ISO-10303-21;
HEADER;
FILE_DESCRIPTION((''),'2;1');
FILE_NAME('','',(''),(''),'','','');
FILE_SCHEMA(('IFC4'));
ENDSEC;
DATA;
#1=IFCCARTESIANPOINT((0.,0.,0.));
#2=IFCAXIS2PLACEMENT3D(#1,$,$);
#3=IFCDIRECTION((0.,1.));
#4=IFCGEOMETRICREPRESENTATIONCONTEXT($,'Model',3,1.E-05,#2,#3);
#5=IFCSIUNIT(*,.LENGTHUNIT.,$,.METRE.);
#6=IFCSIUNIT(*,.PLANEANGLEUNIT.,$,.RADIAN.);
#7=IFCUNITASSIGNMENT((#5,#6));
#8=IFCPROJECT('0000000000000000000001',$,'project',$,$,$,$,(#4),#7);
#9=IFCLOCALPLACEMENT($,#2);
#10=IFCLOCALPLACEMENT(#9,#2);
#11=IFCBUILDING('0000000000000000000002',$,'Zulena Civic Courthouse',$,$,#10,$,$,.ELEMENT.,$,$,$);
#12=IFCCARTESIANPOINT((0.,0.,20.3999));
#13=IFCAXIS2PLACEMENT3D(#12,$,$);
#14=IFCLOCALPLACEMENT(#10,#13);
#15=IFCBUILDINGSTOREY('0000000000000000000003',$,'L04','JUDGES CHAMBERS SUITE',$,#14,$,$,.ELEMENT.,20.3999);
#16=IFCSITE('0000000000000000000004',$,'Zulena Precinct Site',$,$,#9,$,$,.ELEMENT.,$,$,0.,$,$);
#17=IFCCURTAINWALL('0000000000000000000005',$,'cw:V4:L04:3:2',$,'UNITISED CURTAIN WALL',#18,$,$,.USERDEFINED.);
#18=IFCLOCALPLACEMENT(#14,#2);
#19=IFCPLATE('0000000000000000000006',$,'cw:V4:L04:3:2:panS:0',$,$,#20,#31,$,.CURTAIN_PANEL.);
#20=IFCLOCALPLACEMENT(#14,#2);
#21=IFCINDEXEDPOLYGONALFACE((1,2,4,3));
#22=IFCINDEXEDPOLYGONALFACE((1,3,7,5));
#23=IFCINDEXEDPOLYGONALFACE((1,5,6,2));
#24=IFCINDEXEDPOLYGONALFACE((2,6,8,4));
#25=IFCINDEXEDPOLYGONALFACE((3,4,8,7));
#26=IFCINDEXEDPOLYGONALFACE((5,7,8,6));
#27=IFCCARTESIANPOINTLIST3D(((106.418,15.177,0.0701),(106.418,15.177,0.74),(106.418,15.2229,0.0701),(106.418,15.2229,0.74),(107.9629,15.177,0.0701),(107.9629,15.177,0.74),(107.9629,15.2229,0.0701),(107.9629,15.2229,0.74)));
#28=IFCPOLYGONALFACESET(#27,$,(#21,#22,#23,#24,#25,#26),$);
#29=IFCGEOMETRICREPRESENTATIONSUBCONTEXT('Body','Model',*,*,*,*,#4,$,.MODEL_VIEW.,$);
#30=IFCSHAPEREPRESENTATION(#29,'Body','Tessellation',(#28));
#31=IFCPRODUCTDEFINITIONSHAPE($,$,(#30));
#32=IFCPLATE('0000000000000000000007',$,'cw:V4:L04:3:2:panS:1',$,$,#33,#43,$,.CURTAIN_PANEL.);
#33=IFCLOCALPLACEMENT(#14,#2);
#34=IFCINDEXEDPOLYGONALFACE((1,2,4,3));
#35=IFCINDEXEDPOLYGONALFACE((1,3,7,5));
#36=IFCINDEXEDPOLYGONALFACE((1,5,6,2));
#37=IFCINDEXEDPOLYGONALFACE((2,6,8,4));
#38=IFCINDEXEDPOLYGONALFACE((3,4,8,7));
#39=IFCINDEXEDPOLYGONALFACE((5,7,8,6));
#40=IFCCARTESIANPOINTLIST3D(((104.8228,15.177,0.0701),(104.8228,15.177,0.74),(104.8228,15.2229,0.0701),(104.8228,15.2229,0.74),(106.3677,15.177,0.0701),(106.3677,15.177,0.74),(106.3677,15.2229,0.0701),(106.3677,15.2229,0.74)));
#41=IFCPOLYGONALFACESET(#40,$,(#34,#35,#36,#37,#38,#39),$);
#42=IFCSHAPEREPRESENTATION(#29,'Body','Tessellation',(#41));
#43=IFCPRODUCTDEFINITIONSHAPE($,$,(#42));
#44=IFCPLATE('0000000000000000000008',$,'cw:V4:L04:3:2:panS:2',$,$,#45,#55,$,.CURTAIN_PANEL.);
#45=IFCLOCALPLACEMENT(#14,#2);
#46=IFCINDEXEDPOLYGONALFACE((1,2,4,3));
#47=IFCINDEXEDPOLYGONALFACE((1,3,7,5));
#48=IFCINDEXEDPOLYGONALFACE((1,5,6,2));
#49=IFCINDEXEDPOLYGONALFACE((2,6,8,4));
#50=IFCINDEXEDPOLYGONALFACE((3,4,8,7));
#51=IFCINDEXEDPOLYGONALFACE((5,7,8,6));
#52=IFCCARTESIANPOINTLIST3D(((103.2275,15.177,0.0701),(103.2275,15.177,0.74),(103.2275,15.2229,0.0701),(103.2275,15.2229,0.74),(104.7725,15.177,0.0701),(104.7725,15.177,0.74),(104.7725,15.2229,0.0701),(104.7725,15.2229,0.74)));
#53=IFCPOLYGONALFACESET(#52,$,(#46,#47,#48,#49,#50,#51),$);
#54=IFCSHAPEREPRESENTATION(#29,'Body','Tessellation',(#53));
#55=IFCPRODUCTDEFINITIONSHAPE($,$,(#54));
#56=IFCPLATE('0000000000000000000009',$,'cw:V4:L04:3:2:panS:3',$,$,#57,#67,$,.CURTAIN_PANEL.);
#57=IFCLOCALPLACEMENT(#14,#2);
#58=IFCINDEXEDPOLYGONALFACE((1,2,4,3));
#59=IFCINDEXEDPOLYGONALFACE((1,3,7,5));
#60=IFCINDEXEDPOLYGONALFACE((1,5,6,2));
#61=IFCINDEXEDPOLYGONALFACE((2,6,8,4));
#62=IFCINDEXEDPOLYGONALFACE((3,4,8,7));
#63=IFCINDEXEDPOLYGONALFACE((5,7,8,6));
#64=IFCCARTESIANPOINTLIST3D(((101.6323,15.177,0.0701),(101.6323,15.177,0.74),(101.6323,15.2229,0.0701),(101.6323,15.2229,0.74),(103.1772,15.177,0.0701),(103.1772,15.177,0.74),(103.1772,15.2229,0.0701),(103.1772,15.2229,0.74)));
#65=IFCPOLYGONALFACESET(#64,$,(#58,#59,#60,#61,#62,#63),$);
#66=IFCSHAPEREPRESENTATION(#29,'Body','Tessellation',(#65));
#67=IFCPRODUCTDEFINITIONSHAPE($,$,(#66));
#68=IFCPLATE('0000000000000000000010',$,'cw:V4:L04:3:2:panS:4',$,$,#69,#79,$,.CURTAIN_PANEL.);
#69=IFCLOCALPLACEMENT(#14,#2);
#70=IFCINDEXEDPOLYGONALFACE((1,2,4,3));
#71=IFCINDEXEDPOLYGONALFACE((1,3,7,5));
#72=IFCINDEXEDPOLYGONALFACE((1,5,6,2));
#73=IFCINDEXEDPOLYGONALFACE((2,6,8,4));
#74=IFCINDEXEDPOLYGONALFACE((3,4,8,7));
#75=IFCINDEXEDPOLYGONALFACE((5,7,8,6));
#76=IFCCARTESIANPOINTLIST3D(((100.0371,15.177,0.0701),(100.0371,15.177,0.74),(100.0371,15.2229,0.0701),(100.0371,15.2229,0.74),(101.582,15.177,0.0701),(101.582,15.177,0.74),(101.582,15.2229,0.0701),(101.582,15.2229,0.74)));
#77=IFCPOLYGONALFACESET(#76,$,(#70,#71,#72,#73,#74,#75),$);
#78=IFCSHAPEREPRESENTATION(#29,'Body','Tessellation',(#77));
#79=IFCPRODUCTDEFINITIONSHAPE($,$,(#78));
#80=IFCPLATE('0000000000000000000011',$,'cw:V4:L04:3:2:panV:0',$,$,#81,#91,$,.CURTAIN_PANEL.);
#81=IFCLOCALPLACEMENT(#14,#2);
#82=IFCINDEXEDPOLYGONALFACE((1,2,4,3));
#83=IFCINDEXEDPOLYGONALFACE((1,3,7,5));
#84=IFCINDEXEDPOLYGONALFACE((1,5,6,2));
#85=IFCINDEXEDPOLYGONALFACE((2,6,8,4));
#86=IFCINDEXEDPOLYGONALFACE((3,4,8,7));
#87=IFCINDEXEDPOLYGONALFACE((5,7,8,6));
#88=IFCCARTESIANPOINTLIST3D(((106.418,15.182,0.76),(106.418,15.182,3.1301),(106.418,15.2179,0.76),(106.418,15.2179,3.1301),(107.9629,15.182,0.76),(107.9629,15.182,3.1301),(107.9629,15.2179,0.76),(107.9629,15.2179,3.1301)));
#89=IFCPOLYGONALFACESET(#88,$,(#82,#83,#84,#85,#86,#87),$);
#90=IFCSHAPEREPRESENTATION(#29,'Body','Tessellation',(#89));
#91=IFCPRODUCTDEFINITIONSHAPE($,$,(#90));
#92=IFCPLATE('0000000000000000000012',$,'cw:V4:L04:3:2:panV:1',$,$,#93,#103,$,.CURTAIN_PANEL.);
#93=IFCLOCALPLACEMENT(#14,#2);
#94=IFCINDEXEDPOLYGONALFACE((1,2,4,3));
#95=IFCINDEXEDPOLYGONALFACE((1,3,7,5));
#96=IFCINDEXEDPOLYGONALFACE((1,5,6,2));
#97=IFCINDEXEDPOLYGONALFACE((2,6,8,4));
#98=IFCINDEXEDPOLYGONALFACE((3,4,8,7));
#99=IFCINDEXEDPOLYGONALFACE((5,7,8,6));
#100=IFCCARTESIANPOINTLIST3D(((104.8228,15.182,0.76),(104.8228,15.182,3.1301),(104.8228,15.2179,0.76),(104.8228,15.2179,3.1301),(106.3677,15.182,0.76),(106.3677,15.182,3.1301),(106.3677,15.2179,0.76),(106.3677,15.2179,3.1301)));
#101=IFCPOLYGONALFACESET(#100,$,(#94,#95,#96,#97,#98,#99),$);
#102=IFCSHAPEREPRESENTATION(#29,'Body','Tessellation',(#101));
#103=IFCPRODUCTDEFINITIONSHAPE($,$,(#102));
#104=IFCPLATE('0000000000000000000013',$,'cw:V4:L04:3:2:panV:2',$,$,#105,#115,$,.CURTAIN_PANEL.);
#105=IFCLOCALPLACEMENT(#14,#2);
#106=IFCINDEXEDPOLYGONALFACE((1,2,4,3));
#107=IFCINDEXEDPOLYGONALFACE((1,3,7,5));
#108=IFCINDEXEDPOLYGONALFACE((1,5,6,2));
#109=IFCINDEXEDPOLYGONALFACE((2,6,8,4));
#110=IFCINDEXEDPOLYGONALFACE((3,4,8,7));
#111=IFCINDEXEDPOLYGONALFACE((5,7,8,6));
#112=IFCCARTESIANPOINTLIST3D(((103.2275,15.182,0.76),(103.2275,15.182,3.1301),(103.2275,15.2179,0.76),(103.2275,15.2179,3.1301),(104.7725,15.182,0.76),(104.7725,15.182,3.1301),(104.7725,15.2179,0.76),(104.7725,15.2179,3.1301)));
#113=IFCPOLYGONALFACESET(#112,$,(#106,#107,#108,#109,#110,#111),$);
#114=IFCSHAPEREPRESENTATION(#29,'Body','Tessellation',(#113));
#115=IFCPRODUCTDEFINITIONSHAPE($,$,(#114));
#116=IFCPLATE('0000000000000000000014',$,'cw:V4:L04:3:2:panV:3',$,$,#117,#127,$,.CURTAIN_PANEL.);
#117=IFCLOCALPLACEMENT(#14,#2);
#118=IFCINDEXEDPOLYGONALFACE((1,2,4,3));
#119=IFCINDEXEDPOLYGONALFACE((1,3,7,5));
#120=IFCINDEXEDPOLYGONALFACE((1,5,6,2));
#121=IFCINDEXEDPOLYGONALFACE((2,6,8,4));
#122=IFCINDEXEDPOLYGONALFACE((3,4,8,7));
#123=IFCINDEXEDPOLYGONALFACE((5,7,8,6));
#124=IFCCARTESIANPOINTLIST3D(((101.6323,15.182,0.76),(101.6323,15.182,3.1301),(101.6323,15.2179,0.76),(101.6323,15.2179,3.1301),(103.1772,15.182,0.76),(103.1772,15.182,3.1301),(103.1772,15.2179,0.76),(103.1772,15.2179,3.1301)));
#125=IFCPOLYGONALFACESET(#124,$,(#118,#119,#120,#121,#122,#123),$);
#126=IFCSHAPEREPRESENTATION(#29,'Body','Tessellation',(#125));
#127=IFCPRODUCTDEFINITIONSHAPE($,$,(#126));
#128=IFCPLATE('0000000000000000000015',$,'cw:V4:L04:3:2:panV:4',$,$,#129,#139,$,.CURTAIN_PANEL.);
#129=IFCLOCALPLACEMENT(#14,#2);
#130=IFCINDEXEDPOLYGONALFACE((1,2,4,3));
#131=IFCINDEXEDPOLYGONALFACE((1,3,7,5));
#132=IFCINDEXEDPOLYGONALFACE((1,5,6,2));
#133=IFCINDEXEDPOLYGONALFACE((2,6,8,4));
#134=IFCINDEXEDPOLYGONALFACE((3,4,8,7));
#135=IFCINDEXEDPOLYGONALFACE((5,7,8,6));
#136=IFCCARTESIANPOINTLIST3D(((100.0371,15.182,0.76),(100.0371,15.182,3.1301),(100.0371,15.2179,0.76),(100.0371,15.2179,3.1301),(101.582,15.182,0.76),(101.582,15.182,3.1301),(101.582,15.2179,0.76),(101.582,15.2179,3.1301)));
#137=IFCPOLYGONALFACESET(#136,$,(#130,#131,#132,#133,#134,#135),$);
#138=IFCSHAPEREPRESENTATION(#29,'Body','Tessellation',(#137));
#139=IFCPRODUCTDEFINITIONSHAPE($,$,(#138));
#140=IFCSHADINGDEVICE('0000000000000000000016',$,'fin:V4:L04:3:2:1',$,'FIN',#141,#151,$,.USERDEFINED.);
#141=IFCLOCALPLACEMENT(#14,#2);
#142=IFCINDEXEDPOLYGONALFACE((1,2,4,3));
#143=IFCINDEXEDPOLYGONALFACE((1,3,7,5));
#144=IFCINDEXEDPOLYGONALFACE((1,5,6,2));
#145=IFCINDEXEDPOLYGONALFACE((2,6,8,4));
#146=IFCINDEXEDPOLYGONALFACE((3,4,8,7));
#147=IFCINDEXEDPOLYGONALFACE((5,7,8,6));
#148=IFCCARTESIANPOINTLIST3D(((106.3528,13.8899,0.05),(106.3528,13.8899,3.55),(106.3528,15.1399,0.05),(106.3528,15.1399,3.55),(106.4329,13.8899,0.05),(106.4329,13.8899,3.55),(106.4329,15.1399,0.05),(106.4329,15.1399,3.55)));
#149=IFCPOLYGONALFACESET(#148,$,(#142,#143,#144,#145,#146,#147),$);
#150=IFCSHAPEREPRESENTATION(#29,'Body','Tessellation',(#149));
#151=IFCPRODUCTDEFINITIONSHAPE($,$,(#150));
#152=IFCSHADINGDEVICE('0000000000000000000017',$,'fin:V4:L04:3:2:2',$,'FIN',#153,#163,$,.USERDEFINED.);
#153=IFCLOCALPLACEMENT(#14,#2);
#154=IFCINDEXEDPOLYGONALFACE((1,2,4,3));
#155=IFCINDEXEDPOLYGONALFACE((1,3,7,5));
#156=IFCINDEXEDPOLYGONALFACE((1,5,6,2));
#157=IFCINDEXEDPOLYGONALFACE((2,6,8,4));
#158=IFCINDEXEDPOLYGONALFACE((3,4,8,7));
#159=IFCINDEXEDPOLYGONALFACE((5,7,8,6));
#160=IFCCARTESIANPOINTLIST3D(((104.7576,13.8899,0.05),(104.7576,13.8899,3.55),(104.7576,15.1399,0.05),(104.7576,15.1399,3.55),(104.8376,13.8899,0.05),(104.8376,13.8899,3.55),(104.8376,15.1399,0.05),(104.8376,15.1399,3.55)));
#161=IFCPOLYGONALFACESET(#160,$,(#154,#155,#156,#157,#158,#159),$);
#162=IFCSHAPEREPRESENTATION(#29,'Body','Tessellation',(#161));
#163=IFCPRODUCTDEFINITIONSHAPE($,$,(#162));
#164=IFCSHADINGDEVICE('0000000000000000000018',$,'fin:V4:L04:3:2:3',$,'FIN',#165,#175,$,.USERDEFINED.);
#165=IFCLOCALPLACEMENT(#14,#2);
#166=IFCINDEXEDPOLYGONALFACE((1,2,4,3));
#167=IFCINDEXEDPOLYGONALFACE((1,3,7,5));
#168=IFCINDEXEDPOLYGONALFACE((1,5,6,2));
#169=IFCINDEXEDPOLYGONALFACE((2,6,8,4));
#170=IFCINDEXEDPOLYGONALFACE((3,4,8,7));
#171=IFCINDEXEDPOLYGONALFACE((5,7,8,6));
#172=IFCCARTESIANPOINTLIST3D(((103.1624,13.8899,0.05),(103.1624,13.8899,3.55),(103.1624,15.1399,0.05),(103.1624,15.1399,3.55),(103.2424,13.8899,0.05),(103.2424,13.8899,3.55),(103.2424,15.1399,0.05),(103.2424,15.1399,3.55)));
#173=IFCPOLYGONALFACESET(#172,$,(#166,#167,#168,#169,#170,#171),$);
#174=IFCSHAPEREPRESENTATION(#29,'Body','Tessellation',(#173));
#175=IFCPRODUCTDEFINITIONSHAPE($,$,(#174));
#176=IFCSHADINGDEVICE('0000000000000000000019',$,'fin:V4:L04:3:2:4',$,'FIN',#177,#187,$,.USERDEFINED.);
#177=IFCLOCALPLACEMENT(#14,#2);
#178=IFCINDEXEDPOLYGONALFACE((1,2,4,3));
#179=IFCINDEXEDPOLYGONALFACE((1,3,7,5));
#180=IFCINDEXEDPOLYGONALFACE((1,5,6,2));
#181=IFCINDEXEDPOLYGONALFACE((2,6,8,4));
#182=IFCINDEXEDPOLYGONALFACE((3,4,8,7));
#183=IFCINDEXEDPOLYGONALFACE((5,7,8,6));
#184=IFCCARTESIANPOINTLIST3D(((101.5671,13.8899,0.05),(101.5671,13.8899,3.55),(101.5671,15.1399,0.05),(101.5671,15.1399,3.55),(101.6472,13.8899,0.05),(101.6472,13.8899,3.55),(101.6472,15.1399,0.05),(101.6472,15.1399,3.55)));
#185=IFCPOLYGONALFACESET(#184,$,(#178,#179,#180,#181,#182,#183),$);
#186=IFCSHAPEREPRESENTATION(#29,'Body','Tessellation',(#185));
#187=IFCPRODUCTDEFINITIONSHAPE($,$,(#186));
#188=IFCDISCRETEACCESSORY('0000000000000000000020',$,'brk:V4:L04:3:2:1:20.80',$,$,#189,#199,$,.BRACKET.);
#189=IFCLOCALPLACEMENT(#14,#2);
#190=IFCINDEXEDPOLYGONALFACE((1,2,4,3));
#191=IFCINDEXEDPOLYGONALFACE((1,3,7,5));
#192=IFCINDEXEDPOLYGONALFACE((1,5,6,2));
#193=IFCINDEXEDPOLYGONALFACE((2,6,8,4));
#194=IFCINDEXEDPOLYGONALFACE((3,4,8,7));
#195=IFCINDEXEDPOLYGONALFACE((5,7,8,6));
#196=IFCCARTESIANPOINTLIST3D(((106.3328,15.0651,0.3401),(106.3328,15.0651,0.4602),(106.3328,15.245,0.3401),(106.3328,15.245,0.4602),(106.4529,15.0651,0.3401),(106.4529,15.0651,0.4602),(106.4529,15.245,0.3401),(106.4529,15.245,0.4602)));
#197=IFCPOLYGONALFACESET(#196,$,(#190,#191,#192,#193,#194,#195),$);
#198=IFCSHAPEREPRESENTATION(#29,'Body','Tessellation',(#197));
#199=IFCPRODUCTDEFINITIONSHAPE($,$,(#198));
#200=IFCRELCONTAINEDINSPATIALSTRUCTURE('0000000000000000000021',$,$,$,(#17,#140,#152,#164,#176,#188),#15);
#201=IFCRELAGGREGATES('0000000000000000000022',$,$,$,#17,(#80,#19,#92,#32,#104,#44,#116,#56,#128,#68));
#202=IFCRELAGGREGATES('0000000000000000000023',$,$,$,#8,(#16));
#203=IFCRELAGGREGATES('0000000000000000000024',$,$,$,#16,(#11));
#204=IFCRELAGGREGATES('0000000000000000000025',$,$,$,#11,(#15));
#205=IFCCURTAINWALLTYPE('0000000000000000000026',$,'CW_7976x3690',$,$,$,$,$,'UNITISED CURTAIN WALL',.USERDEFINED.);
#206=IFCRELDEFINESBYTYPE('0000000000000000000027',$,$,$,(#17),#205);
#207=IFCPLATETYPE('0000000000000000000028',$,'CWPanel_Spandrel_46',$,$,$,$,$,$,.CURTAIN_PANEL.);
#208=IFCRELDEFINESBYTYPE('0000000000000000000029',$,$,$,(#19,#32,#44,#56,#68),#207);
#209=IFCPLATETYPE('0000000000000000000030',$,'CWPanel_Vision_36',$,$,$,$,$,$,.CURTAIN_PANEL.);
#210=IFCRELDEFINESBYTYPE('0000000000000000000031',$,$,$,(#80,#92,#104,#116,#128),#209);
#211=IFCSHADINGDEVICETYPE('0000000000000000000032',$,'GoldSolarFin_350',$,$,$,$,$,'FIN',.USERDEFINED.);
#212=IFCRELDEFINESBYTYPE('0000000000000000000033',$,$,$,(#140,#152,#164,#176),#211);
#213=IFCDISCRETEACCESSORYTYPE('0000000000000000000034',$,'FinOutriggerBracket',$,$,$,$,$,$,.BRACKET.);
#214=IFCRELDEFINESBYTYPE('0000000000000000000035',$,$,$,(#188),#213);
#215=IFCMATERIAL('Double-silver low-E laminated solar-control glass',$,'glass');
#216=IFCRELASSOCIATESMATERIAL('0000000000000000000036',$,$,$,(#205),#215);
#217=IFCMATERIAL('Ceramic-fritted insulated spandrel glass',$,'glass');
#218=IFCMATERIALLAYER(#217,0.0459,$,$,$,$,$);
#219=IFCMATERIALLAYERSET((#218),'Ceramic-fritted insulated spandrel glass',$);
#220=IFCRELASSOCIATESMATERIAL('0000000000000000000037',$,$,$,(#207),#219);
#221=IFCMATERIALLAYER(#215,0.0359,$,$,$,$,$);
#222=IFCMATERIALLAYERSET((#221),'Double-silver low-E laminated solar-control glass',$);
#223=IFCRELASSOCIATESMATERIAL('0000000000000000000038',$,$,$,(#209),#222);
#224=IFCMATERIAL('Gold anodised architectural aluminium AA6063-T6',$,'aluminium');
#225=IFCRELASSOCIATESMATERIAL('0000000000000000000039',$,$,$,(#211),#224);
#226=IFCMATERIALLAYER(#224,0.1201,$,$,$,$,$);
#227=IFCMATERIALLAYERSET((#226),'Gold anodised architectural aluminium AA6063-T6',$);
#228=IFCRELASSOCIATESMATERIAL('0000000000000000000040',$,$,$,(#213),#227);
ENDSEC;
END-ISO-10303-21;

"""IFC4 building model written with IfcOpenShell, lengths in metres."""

from ifc_helpers import new_model, si_unit, direction, frame, origin, origin_2d, place, context, subcontext, project, spatial, rectangle, extrude, material, layer, layer_set, type_object, element, aggregate, save


model = new_model("IFC4")

# Units and contexts
model_context = context("Model", 3, precision=1e-05, world=origin(), true_north=direction((0.0, 1.0)))
body_context = subcontext(model_context, "Body", "Model", "MODEL_VIEW")
ifc_project = project(units=[si_unit("LENGTHUNIT", "METRE"), si_unit("PLANEANGLEUNIT", "RADIAN")], contexts=[model_context])

# Site, building, storey
site_placement = place(None, origin())
site = spatial("IfcSite", under=ifc_project, at=site_placement, Name="Zulena Precinct Site", CompositionType="ELEMENT", RefElevation=0.0)
building_placement = place(site_placement, origin())
building = spatial("IfcBuilding", under=site, at=building_placement, Name="Zulena Civic Courthouse", CompositionType="ELEMENT")
storey_placement = place(building_placement, frame((0.0, 0.0, 20.3999)))
storey = spatial("IfcBuildingStorey", under=building, at=storey_placement, Name="L04", Description="JUDGES CHAMBERS SUITE", CompositionType="ELEMENT", Elevation=20.3999)

# Curtain wall
ifc_material_1 = material(Name="Double-silver low-E laminated solar-control glass", Category="glass")
curtain_wall_type = type_object("IfcCurtainWallType", Name="CW_7976x3690", ElementType="UNITISED CURTAIN WALL", PredefinedType="USERDEFINED", material=ifc_material_1)
curtain_wall_placement = place(storey_placement, origin())
curtain_wall = element("IfcCurtainWall", 1, at=curtain_wall_placement, inside=storey, type_object=curtain_wall_type, Name="cw:V4:L04:3:2", ObjectType="UNITISED CURTAIN WALL", PredefinedType="USERDEFINED")

# Plates
ifc_material_2 = material(Name="Ceramic-fritted insulated spandrel glass", Category="glass")
ifc_layer_1 = layer(ifc_material_2, 0.0459)
ifc_layer_set_1 = layer_set([ifc_layer_1], Name="Ceramic-fritted insulated spandrel glass")
plate_type_1 = type_object("IfcPlateType", Name="CWPanel_Spandrel_46", PredefinedType="CURTAIN_PANEL", material=ifc_layer_set_1)
plate_1_placement = place(storey_placement, frame((107.1904, 15.2, 0.0701), z_axis=(0.0, 0.0, 1.0), x_axis=(-1.0, 0.0, 0.0)))
plate_1 = element("IfcPlate", 2, at=plate_1_placement, type_object=plate_type_1, Name="cw:V4:L04:3:2:panS:0", PredefinedType="CURTAIN_PANEL", context=body_context, shape_type="SweptSolid", body=[
    extrude(rectangle(XDim=1.5449, YDim=0.0459, at=origin_2d()), origin(), (0.0, 0.0, 1.0), 0.6699),
])
plate_2_placement = place(storey_placement, frame((105.5952, 15.2, 0.0701), z_axis=(0.0, 0.0, 1.0), x_axis=(-1.0, 0.0, 0.0)))
plate_2 = element("IfcPlate", 3, at=plate_2_placement, type_object=plate_type_1, Name="cw:V4:L04:3:2:panS:1", PredefinedType="CURTAIN_PANEL", context=body_context, shape_type="SweptSolid", body=[
    extrude(rectangle(XDim=1.5449, YDim=0.0459, at=origin_2d()), origin(), (0.0, 0.0, 1.0), 0.6699),
])
plate_3_placement = place(storey_placement, frame((104.0, 15.2, 0.0701), z_axis=(0.0, 0.0, 1.0), x_axis=(-1.0, 0.0, 0.0)))
plate_3 = element("IfcPlate", 4, at=plate_3_placement, type_object=plate_type_1, Name="cw:V4:L04:3:2:panS:2", PredefinedType="CURTAIN_PANEL", context=body_context, shape_type="SweptSolid", body=[
    extrude(rectangle(XDim=1.5449, YDim=0.0459, at=origin_2d()), origin(), (0.0, 0.0, 1.0), 0.6699),
])
plate_4_placement = place(storey_placement, frame((102.4048, 15.2, 0.0701), z_axis=(0.0, 0.0, 1.0), x_axis=(-1.0, 0.0, 0.0)))
plate_4 = element("IfcPlate", 5, at=plate_4_placement, type_object=plate_type_1, Name="cw:V4:L04:3:2:panS:3", PredefinedType="CURTAIN_PANEL", context=body_context, shape_type="SweptSolid", body=[
    extrude(rectangle(XDim=1.5449, YDim=0.0459, at=origin_2d()), origin(), (0.0, 0.0, 1.0), 0.6699),
])
plate_5_placement = place(storey_placement, frame((100.8096, 15.2, 0.0701), z_axis=(0.0, 0.0, 1.0), x_axis=(-1.0, 0.0, 0.0)))
plate_5 = element("IfcPlate", 6, at=plate_5_placement, type_object=plate_type_1, Name="cw:V4:L04:3:2:panS:4", PredefinedType="CURTAIN_PANEL", context=body_context, shape_type="SweptSolid", body=[
    extrude(rectangle(XDim=1.5449, YDim=0.0459, at=origin_2d()), origin(), (0.0, 0.0, 1.0), 0.6699),
])
ifc_layer_2 = layer(ifc_material_1, 0.0359)
ifc_layer_set_2 = layer_set([ifc_layer_2], Name="Double-silver low-E laminated solar-control glass")
plate_type_2 = type_object("IfcPlateType", Name="CWPanel_Vision_36", PredefinedType="CURTAIN_PANEL", material=ifc_layer_set_2)
plate_6_placement = place(storey_placement, frame((107.1904, 15.2, 0.76), z_axis=(0.0, 0.0, 1.0), x_axis=(-1.0, 0.0, 0.0)))
plate_6 = element("IfcPlate", 7, at=plate_6_placement, type_object=plate_type_2, Name="cw:V4:L04:3:2:panV:0", PredefinedType="CURTAIN_PANEL", context=body_context, shape_type="SweptSolid", body=[
    extrude(rectangle(XDim=1.5449, YDim=0.0359, at=origin_2d()), origin(), (0.0, 0.0, 1.0), 2.3701),
])
plate_7_placement = place(storey_placement, frame((105.5952, 15.2, 0.76), z_axis=(0.0, 0.0, 1.0), x_axis=(-1.0, 0.0, 0.0)))
plate_7 = element("IfcPlate", 8, at=plate_7_placement, type_object=plate_type_2, Name="cw:V4:L04:3:2:panV:1", PredefinedType="CURTAIN_PANEL", context=body_context, shape_type="SweptSolid", body=[
    extrude(rectangle(XDim=1.5449, YDim=0.0359, at=origin_2d()), origin(), (0.0, 0.0, 1.0), 2.3701),
])
plate_8_placement = place(storey_placement, frame((104.0, 15.2, 0.76), z_axis=(0.0, 0.0, 1.0), x_axis=(-1.0, 0.0, 0.0)))
plate_8 = element("IfcPlate", 9, at=plate_8_placement, type_object=plate_type_2, Name="cw:V4:L04:3:2:panV:2", PredefinedType="CURTAIN_PANEL", context=body_context, shape_type="SweptSolid", body=[
    extrude(rectangle(XDim=1.5449, YDim=0.0359, at=origin_2d()), origin(), (0.0, 0.0, 1.0), 2.3701),
])
plate_9_placement = place(storey_placement, frame((102.4048, 15.2, 0.76), z_axis=(0.0, 0.0, 1.0), x_axis=(-1.0, 0.0, 0.0)))
plate_9 = element("IfcPlate", 10, at=plate_9_placement, type_object=plate_type_2, Name="cw:V4:L04:3:2:panV:3", PredefinedType="CURTAIN_PANEL", context=body_context, shape_type="SweptSolid", body=[
    extrude(rectangle(XDim=1.5449, YDim=0.0359, at=origin_2d()), origin(), (0.0, 0.0, 1.0), 2.3701),
])
plate_10_placement = place(storey_placement, frame((100.8096, 15.2, 0.76), z_axis=(0.0, 0.0, 1.0), x_axis=(-1.0, 0.0, 0.0)))
plate_10 = element("IfcPlate", 11, at=plate_10_placement, type_object=plate_type_2, Name="cw:V4:L04:3:2:panV:4", PredefinedType="CURTAIN_PANEL", context=body_context, shape_type="SweptSolid", body=[
    extrude(rectangle(XDim=1.5449, YDim=0.0359, at=origin_2d()), origin(), (0.0, 0.0, 1.0), 2.3701),
])
aggregate(curtain_wall, [plate_6, plate_1, plate_7, plate_2, plate_8, plate_3, plate_9, plate_4, plate_10, plate_5])

# Shading devices
ifc_material_3 = material(Name="Gold anodised architectural aluminium AA6063-T6", Category="aluminium")
shading_device_type = type_object("IfcShadingDeviceType", Name="GoldSolarFin_350", ElementType="FIN", PredefinedType="USERDEFINED", material=ifc_material_3)
for number, where, z_axis, x_axis, name in (
    (12, (106.3928, 14.5149, 0.05), (0.0, 0.0, 1.0), (0.0, -1.0, 0.0), "fin:V4:L04:3:2:1"),
    (13, (104.7976, 14.5149, 0.05), (0.0, 0.0, 1.0), (0.0, -1.0, 0.0), "fin:V4:L04:3:2:2"),
    (14, (103.2024, 14.5149, 0.05), (0.0, 0.0, 1.0), (0.0, -1.0, 0.0), "fin:V4:L04:3:2:3"),
    (15, (101.6072, 14.5149, 0.05), (0.0, 0.0, 1.0), (0.0, -1.0, 0.0), "fin:V4:L04:3:2:4"),
):
    element("IfcShadingDevice", number, at=place(storey_placement, frame(where, z_axis=z_axis, x_axis=x_axis)), inside=storey, type_object=shading_device_type, Name=name, ObjectType="FIN", PredefinedType="USERDEFINED", context=body_context, shape_type="SweptSolid", body=[
        extrude(rectangle(XDim=1.25, YDim=0.0801, at=origin_2d()), origin(), (0.0, 0.0, 1.0), 3.5),
    ])

# Discrete accessory
ifc_layer_3 = layer(ifc_material_3, 0.1201)
ifc_layer_set_3 = layer_set([ifc_layer_3], Name="Gold anodised architectural aluminium AA6063-T6")
discrete_accessory_type = type_object("IfcDiscreteAccessoryType", Name="FinOutriggerBracket", PredefinedType="BRACKET", material=ifc_layer_set_3)
for number, where, z_axis, x_axis, name in (
    (16, (106.3928, 15.155, 0.3401), (0.0, 0.0, 1.0), (0.0, -1.0, 0.0), "brk:V4:L04:3:2:1:20.80"),
):
    element("IfcDiscreteAccessory", number, at=place(storey_placement, frame(where, z_axis=z_axis, x_axis=x_axis)), inside=storey, type_object=discrete_accessory_type, Name=name, PredefinedType="BRACKET", context=body_context, shape_type="SweptSolid", body=[
        extrude(rectangle(XDim=0.1799, YDim=0.1201, at=origin_2d()), origin(), (0.0, 0.0, 1.0), 0.1201),
    ])

save(model, "model.ifc")
